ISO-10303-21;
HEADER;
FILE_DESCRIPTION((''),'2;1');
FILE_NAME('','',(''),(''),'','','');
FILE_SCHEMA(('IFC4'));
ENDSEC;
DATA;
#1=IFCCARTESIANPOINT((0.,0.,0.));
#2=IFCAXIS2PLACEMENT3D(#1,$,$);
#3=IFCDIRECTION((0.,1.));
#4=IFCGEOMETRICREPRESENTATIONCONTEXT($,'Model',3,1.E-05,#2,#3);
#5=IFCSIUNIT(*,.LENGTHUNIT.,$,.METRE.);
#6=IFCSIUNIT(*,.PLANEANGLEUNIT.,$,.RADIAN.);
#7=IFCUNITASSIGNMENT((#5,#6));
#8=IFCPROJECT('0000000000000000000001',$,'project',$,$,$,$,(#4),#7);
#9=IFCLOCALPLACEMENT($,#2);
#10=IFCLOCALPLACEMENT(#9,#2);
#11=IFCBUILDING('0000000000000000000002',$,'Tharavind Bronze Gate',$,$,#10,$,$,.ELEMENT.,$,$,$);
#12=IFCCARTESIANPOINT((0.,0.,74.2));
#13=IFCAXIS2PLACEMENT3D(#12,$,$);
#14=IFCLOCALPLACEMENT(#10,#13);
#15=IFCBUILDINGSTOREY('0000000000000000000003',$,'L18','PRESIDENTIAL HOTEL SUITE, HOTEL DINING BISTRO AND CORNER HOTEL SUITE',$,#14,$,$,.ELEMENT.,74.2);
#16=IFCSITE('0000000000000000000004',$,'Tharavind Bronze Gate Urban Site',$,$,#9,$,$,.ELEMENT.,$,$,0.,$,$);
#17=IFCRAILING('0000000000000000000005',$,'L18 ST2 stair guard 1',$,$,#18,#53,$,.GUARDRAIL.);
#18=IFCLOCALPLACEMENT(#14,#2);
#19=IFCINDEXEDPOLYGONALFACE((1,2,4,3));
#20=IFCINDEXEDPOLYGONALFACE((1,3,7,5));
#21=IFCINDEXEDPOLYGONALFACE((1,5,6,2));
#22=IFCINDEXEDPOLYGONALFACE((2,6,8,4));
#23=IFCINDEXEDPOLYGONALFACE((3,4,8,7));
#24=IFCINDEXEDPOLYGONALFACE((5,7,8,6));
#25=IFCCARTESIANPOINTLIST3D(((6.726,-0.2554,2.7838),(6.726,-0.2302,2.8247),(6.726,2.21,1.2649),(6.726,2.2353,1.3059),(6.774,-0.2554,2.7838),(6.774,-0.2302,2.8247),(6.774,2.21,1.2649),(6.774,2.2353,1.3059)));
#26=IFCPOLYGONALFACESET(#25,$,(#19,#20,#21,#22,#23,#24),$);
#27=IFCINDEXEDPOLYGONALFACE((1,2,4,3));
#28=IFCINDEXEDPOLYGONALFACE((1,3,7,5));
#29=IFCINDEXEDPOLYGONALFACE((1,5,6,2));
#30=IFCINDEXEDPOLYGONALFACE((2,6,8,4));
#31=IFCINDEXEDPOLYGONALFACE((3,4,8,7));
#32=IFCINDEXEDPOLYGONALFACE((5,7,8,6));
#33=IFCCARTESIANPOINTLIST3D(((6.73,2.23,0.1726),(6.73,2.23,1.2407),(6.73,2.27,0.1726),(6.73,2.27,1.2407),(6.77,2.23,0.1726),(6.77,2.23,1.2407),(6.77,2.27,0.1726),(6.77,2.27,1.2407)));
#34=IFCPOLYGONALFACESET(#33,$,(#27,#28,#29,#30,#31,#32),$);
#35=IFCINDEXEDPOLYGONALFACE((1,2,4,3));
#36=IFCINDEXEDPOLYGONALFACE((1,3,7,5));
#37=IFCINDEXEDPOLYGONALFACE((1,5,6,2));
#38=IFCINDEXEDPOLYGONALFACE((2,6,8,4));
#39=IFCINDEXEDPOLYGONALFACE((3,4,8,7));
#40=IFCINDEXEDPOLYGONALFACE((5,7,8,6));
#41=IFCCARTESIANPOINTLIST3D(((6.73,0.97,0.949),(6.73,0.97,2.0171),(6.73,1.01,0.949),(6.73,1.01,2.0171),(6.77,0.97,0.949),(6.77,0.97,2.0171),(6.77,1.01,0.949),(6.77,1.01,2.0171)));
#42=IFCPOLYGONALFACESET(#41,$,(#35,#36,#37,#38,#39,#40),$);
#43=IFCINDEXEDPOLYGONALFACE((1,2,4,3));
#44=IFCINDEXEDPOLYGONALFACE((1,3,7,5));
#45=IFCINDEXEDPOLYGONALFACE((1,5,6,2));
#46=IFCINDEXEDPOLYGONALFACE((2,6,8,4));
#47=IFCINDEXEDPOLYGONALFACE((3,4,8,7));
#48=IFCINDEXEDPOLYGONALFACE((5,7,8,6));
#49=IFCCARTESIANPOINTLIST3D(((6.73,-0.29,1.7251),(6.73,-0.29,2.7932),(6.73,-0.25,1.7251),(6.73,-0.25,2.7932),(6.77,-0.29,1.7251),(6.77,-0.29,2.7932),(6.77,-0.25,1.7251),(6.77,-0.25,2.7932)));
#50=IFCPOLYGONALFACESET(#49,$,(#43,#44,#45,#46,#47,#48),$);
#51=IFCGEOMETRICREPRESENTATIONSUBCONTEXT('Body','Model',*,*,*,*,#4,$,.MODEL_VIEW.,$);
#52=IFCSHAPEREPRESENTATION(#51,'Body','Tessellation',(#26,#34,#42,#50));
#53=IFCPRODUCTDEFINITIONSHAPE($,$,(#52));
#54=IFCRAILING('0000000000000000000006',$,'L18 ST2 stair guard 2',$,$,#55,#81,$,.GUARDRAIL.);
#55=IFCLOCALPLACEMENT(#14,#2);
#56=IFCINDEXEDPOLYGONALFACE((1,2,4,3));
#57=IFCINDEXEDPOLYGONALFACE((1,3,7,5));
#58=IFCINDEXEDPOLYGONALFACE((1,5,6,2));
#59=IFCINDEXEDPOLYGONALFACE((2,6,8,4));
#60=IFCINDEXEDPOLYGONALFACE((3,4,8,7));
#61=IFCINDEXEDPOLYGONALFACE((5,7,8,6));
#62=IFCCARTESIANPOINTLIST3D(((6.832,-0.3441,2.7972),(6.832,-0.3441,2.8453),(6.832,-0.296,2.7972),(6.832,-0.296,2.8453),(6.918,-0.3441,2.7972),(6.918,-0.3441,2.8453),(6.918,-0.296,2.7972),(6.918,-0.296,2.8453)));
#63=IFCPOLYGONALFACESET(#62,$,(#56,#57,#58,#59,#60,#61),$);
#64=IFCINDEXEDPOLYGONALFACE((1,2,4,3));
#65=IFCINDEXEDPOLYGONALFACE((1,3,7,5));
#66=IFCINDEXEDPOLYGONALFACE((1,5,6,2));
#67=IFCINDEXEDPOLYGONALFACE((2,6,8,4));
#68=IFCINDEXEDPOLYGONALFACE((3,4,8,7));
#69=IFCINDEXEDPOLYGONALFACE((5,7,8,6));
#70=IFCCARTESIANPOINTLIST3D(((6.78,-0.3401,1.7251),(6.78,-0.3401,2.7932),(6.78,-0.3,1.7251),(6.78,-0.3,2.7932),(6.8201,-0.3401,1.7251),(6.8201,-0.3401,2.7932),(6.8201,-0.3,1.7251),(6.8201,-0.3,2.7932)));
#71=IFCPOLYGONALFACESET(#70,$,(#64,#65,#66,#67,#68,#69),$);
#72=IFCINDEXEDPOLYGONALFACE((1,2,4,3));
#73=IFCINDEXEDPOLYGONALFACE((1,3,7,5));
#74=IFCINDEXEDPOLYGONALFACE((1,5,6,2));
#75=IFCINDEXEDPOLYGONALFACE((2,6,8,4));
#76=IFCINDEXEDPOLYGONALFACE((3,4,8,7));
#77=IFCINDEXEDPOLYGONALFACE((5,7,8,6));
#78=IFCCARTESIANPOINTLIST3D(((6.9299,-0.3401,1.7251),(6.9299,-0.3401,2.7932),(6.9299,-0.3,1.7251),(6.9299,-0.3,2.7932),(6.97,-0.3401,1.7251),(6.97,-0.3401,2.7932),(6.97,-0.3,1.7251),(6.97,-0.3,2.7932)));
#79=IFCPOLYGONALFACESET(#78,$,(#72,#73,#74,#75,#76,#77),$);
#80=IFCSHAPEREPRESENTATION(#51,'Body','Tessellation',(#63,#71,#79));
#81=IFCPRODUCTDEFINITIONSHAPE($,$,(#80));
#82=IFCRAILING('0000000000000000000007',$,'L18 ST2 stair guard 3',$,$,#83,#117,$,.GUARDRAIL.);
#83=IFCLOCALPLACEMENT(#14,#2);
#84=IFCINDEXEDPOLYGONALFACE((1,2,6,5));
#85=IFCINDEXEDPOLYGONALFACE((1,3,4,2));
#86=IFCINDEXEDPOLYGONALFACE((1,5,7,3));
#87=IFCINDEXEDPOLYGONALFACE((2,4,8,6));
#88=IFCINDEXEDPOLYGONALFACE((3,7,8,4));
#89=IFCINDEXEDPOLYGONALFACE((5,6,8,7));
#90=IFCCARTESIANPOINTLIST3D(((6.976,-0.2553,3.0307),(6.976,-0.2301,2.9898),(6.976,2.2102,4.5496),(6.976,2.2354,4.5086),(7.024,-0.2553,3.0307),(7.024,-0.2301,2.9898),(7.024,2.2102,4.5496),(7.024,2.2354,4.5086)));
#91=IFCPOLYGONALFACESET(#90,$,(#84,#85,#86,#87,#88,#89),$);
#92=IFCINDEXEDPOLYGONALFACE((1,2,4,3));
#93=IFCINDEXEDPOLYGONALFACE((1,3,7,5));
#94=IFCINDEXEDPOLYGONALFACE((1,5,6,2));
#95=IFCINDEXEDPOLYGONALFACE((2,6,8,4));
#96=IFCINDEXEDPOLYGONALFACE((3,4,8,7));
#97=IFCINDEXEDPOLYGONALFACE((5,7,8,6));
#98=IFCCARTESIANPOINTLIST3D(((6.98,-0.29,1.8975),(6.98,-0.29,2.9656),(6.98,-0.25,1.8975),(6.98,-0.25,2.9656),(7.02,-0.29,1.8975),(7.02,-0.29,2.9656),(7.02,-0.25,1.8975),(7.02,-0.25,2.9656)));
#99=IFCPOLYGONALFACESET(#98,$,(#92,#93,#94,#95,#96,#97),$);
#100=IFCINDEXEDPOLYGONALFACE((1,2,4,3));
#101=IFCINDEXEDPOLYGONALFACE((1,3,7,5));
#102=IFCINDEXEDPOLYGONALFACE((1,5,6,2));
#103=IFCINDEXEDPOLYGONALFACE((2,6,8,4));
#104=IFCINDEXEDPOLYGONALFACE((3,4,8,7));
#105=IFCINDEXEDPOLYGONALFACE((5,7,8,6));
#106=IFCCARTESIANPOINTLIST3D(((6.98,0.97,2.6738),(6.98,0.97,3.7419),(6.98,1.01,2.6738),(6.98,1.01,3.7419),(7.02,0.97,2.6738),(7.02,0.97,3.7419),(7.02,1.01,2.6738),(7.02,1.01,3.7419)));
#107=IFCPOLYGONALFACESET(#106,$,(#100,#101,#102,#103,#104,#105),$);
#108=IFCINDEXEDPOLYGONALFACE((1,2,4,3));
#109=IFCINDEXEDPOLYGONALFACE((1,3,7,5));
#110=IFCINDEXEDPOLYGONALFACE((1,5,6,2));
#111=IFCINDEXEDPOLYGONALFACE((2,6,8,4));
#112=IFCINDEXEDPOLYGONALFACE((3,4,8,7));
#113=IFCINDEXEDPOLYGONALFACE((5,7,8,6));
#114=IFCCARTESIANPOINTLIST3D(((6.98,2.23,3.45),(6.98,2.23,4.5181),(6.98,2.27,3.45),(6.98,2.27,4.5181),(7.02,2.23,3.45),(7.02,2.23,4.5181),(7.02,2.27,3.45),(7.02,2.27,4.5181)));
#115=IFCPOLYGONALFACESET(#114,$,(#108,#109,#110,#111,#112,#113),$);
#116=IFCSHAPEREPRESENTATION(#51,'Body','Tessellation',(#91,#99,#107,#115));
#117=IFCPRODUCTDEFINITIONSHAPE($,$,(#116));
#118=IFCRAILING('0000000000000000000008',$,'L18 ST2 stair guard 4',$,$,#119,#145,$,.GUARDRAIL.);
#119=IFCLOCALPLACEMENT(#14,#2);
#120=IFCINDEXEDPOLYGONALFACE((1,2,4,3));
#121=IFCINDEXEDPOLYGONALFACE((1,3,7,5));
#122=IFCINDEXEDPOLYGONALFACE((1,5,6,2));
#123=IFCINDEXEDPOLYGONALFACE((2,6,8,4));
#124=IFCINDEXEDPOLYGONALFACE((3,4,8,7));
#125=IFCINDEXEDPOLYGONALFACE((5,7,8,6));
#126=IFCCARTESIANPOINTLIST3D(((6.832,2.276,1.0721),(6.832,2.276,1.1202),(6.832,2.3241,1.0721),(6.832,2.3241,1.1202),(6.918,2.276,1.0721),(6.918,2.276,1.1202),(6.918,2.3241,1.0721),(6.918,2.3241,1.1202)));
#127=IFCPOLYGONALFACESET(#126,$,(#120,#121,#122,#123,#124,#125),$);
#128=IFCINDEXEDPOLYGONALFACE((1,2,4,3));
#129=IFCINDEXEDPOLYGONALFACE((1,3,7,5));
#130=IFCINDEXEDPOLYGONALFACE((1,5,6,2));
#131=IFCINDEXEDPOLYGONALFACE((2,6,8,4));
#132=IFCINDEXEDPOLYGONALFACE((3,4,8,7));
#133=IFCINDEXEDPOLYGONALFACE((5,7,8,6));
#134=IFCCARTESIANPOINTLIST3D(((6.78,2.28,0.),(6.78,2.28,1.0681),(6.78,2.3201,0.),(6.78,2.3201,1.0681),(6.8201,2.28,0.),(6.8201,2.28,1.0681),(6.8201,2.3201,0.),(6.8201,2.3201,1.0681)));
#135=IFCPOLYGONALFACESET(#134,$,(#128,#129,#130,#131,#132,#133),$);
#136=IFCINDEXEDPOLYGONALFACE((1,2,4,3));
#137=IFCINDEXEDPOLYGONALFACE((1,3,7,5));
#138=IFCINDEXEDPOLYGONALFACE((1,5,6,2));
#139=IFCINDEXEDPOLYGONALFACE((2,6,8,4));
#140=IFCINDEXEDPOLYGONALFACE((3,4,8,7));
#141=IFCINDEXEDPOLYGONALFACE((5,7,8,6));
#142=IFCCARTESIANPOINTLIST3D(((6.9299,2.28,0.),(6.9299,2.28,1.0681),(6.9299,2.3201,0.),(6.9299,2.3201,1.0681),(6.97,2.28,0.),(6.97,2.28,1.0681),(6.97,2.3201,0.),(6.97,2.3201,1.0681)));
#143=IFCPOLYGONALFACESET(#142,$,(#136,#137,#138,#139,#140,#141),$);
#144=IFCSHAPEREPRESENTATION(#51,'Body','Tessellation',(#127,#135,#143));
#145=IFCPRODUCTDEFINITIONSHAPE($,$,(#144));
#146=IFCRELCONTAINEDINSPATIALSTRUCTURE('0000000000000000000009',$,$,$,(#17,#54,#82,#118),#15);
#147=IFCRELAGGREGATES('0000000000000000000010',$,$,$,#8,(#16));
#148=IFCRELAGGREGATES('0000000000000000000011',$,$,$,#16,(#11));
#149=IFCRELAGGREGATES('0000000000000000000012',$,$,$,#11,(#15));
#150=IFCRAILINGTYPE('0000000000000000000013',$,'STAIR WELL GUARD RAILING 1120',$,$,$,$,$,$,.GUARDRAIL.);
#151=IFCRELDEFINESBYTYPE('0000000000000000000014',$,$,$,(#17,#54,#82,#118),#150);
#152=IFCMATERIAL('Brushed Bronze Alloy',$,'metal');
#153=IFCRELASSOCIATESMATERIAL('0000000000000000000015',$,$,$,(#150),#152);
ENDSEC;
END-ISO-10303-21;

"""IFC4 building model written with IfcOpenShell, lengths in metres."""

from ifc_helpers import new_model, si_unit, direction, frame, origin, origin_2d, place, context, subcontext, project, spatial, rectangle, extrude, material, type_object, element, save


model = new_model("IFC4")

# Units and contexts
model_context = context("Model", 3, precision=1e-05, world=origin(), true_north=direction((0.0, 1.0)))
body_context = subcontext(model_context, "Body", "Model", "MODEL_VIEW")
ifc_project = project(units=[si_unit("LENGTHUNIT", "METRE"), si_unit("PLANEANGLEUNIT", "RADIAN")], contexts=[model_context])

# Site, building, storey
site_placement = place(None, origin())
site = spatial("IfcSite", under=ifc_project, at=site_placement, Name="Tharavind Bronze Gate Urban Site", CompositionType="ELEMENT", RefElevation=0.0)
building_placement = place(site_placement, origin())
building = spatial("IfcBuilding", under=site, at=building_placement, Name="Tharavind Bronze Gate", CompositionType="ELEMENT")
storey_placement = place(building_placement, frame((0.0, 0.0, 74.2)))
storey = spatial("IfcBuildingStorey", under=building, at=storey_placement, Name="L18", Description="PRESIDENTIAL HOTEL SUITE, HOTEL DINING BISTRO AND CORNER HOTEL SUITE", CompositionType="ELEMENT", Elevation=74.2)

# Railings
ifc_material_1 = material(Name="Brushed Bronze Alloy", Category="metal")
railing_type_1 = type_object("IfcRailingType", Name="STAIR WELL GUARD RAILING 1120", PredefinedType="GUARDRAIL", material=ifc_material_1)
railing_1_placement = place(storey_placement, frame((6.75, 2.25, 0.1726)))
element("IfcRailing", 1, at=railing_1_placement, inside=storey, type_object=railing_type_1, Name="L18 ST2 stair guard 1", PredefinedType="GUARDRAIL", context=body_context, shape_type="SweptSolid", body=[
    extrude(rectangle(XDim=0.0481, YDim=0.0481, at=origin_2d()), frame((0.0, -0.0273, 1.1128), z_axis=(0.0, -0.8514, 0.524516), x_axis=(1.0, 0.0, 0.0)), (0.0, 0.0, 1.0), 2.8958),
    extrude(rectangle(XDim=0.04, YDim=0.04, at=origin_2d()), origin(), (0.0, 0.0, 1.0), 1.0681),
    extrude(rectangle(XDim=0.04, YDim=0.04, at=origin_2d()), frame((0.0, -1.26, 0.7764)), (0.0, 0.0, 1.0), 1.0681),
    extrude(rectangle(XDim=0.04, YDim=0.04, at=origin_2d()), frame((0.0, -2.52, 1.5525)), (0.0, 0.0, 1.0), 1.0681),
])
railing_2_placement = place(storey_placement, frame((6.8, -0.3201, 1.7251)))
element("IfcRailing", 2, at=railing_2_placement, inside=storey, type_object=railing_type_1, Name="L18 ST2 stair guard 2", PredefinedType="GUARDRAIL", context=body_context, shape_type="SweptSolid", body=[
    extrude(rectangle(XDim=0.0481, YDim=0.0481, at=origin_2d()), frame((0.032, 0.0, 1.0962), z_axis=(1.0, 0.0, 0.0), x_axis=(0.0, 1.0, 0.0)), (0.0, 0.0, 1.0), 0.0859),
    extrude(rectangle(XDim=0.04, YDim=0.04, at=origin_2d()), origin(), (0.0, 0.0, 1.0), 1.0681),
    extrude(rectangle(XDim=0.04, YDim=0.04, at=origin_2d()), frame((0.1499, 0.0, 0.0)), (0.0, 0.0, 1.0), 1.0681),
])
railing_3_placement = place(storey_placement, frame((7.0, -0.27, 1.8975)))
element("IfcRailing", 3, at=railing_3_placement, inside=storey, type_object=railing_type_1, Name="L18 ST2 stair guard 3", PredefinedType="GUARDRAIL", context=body_context, shape_type="SweptSolid", body=[
    extrude(rectangle(XDim=0.0481, YDim=0.0481, at=origin_2d()), frame((0.0, 0.0273, 1.1128), z_axis=(0.0, 0.8514, 0.524516), x_axis=(-1.0, 0.0, 0.0)), (0.0, 0.0, 1.0), 2.8958),
    extrude(rectangle(XDim=0.04, YDim=0.04, at=origin_2d()), origin(), (0.0, 0.0, 1.0), 1.0681),
    extrude(rectangle(XDim=0.04, YDim=0.04, at=origin_2d()), frame((0.0, 1.26, 0.7764)), (0.0, 0.0, 1.0), 1.0681),
    extrude(rectangle(XDim=0.04, YDim=0.04, at=origin_2d()), frame((0.0, 2.52, 1.5525)), (0.0, 0.0, 1.0), 1.0681),
])
railing_4_placement = place(storey_placement, frame((6.8, 2.3, 0.0)))
element("IfcRailing", 4, at=railing_4_placement, inside=storey, type_object=railing_type_1, Name="L18 ST2 stair guard 4", PredefinedType="GUARDRAIL", context=body_context, shape_type="SweptSolid", body=[
    extrude(rectangle(XDim=0.0481, YDim=0.0481, at=origin_2d()), frame((0.032, 0.0, 1.0962), z_axis=(1.0, 0.0, 0.0), x_axis=(0.0, 1.0, 0.0)), (0.0, 0.0, 1.0), 0.0859),
    extrude(rectangle(XDim=0.04, YDim=0.04, at=origin_2d()), origin(), (0.0, 0.0, 1.0), 1.0681),
    extrude(rectangle(XDim=0.04, YDim=0.04, at=origin_2d()), frame((0.1499, 0.0, 0.0)), (0.0, 0.0, 1.0), 1.0681),
])

save(model, "model.ifc")
